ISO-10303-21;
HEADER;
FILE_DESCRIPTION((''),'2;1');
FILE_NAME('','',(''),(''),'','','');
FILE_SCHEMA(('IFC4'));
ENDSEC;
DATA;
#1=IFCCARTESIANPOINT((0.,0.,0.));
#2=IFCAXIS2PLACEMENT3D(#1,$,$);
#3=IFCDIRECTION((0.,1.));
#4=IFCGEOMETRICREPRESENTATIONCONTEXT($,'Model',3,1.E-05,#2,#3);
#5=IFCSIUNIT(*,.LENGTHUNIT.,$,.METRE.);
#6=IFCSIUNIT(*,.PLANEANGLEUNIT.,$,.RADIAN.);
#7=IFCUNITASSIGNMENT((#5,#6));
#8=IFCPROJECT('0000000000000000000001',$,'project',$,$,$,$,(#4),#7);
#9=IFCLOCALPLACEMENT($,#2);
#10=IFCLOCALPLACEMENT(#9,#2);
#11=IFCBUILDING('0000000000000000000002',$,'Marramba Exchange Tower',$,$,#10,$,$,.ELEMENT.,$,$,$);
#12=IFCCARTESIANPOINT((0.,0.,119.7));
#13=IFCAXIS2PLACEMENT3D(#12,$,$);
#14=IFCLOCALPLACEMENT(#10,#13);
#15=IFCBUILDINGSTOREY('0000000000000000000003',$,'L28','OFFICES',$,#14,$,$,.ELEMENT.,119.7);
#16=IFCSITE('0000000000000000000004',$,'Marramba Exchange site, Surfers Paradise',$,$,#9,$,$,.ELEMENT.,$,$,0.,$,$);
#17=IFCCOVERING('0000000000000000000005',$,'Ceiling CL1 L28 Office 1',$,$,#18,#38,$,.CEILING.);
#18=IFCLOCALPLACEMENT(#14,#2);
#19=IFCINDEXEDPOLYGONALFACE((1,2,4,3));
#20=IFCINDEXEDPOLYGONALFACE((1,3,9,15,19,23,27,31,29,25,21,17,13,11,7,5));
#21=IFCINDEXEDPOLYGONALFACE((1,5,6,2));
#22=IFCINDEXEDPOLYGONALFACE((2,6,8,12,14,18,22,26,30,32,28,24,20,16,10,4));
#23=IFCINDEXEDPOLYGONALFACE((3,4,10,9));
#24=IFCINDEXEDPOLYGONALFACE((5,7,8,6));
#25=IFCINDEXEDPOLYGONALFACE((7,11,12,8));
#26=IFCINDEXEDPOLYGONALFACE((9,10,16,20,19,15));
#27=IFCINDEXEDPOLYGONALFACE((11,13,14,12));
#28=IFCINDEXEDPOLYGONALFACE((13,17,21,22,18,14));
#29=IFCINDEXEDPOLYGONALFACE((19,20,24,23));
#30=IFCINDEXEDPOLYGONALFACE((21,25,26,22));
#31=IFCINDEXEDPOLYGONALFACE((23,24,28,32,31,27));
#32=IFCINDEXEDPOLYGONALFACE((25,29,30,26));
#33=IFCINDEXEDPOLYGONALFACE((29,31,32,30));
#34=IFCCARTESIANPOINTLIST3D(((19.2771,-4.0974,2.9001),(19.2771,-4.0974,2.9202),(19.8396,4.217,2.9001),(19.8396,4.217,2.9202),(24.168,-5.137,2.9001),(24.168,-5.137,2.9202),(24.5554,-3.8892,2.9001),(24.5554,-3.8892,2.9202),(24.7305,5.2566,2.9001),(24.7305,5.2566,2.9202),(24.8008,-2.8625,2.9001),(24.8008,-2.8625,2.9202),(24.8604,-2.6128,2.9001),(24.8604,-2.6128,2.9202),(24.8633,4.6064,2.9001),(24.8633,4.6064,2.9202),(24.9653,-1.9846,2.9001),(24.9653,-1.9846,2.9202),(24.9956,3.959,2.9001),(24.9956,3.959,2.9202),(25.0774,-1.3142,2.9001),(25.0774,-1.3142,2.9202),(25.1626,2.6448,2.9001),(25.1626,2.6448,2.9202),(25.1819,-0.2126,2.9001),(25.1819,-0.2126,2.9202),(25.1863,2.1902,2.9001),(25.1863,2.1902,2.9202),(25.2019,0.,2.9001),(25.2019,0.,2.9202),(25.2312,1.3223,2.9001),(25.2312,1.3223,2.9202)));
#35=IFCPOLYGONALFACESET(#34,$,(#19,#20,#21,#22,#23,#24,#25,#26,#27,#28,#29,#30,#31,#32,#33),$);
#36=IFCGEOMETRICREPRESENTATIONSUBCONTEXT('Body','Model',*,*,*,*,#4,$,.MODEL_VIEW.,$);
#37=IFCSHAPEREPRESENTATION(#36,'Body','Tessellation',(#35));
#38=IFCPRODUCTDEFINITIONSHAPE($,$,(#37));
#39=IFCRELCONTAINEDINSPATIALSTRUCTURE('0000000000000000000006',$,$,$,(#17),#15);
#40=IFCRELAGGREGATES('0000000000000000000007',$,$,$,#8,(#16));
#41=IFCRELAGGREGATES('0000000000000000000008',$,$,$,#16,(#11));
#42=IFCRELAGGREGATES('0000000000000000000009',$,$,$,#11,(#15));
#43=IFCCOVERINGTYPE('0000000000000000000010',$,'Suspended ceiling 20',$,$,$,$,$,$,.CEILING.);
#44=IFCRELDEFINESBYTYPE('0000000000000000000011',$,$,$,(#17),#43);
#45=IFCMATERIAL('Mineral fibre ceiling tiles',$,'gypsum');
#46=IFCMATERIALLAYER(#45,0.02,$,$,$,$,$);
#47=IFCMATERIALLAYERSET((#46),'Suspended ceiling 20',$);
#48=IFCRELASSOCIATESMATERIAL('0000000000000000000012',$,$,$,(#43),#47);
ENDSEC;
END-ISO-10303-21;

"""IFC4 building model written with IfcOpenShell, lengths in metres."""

from ifc_helpers import new_model, si_unit, direction, frame, origin, place, context, subcontext, project, spatial, polyline, outline, extrude, material, layer, layer_set, type_object, element, save


model = new_model("IFC4")

# Units and contexts
model_context = context("Model", 3, precision=1e-05, world=origin(), true_north=direction((0.0, 1.0)))
body_context = subcontext(model_context, "Body", "Model", "MODEL_VIEW")
ifc_project = project(units=[si_unit("LENGTHUNIT", "METRE"), si_unit("PLANEANGLEUNIT", "RADIAN")], contexts=[model_context])

# Site, building, storey
site_placement = place(None, origin())
site = spatial("IfcSite", under=ifc_project, at=site_placement, Name="Marramba Exchange site, Surfers Paradise", CompositionType="ELEMENT", RefElevation=0.0)
building_placement = place(site_placement, origin())
building = spatial("IfcBuilding", under=site, at=building_placement, Name="Marramba Exchange Tower", CompositionType="ELEMENT")
storey_placement = place(building_placement, frame((0.0, 0.0, 119.7)))
storey = spatial("IfcBuildingStorey", under=building, at=storey_placement, Name="L28", Description="OFFICES", CompositionType="ELEMENT", Elevation=119.7)

# Covering
ifc_material_1 = material(Name="Mineral fibre ceiling tiles", Category="gypsum")
ifc_layer_1 = layer(ifc_material_1, 0.02)
ifc_layer_set_1 = layer_set([ifc_layer_1], Name="Suspended ceiling 20")
covering_type = type_object("IfcCoveringType", Name="Suspended ceiling 20", PredefinedType="CEILING", material=ifc_layer_set_1)
covering_1_placement = place(storey_placement, frame((0.0, 0.0, 2.9001)))
element("IfcCovering", 1, at=covering_1_placement, inside=storey, type_object=covering_type, Name="Ceiling CL1 L28 Office 1", PredefinedType="CEILING", context=body_context, shape_type="SweptSolid", body=[
    extrude(outline(polyline([(24.8633, 4.6064), (24.9956, 3.959), (25.1626, 2.6448), (25.1863, 2.1902), (25.2312, 1.3223), (25.2019, 0.0), (25.1819, -0.2126), (25.0774, -1.3142), (24.9653, -1.9846), (24.8604, -2.6128), (24.8008, -2.8625), (24.5554, -3.8892), (24.168, -5.137), (19.2771, -4.0974), (19.8396, 4.217), (24.7305, 5.2566), (24.8633, 4.6064)])), origin(), (0.0, 0.0, 1.0), 0.02),
])

save(model, "model.ifc")
